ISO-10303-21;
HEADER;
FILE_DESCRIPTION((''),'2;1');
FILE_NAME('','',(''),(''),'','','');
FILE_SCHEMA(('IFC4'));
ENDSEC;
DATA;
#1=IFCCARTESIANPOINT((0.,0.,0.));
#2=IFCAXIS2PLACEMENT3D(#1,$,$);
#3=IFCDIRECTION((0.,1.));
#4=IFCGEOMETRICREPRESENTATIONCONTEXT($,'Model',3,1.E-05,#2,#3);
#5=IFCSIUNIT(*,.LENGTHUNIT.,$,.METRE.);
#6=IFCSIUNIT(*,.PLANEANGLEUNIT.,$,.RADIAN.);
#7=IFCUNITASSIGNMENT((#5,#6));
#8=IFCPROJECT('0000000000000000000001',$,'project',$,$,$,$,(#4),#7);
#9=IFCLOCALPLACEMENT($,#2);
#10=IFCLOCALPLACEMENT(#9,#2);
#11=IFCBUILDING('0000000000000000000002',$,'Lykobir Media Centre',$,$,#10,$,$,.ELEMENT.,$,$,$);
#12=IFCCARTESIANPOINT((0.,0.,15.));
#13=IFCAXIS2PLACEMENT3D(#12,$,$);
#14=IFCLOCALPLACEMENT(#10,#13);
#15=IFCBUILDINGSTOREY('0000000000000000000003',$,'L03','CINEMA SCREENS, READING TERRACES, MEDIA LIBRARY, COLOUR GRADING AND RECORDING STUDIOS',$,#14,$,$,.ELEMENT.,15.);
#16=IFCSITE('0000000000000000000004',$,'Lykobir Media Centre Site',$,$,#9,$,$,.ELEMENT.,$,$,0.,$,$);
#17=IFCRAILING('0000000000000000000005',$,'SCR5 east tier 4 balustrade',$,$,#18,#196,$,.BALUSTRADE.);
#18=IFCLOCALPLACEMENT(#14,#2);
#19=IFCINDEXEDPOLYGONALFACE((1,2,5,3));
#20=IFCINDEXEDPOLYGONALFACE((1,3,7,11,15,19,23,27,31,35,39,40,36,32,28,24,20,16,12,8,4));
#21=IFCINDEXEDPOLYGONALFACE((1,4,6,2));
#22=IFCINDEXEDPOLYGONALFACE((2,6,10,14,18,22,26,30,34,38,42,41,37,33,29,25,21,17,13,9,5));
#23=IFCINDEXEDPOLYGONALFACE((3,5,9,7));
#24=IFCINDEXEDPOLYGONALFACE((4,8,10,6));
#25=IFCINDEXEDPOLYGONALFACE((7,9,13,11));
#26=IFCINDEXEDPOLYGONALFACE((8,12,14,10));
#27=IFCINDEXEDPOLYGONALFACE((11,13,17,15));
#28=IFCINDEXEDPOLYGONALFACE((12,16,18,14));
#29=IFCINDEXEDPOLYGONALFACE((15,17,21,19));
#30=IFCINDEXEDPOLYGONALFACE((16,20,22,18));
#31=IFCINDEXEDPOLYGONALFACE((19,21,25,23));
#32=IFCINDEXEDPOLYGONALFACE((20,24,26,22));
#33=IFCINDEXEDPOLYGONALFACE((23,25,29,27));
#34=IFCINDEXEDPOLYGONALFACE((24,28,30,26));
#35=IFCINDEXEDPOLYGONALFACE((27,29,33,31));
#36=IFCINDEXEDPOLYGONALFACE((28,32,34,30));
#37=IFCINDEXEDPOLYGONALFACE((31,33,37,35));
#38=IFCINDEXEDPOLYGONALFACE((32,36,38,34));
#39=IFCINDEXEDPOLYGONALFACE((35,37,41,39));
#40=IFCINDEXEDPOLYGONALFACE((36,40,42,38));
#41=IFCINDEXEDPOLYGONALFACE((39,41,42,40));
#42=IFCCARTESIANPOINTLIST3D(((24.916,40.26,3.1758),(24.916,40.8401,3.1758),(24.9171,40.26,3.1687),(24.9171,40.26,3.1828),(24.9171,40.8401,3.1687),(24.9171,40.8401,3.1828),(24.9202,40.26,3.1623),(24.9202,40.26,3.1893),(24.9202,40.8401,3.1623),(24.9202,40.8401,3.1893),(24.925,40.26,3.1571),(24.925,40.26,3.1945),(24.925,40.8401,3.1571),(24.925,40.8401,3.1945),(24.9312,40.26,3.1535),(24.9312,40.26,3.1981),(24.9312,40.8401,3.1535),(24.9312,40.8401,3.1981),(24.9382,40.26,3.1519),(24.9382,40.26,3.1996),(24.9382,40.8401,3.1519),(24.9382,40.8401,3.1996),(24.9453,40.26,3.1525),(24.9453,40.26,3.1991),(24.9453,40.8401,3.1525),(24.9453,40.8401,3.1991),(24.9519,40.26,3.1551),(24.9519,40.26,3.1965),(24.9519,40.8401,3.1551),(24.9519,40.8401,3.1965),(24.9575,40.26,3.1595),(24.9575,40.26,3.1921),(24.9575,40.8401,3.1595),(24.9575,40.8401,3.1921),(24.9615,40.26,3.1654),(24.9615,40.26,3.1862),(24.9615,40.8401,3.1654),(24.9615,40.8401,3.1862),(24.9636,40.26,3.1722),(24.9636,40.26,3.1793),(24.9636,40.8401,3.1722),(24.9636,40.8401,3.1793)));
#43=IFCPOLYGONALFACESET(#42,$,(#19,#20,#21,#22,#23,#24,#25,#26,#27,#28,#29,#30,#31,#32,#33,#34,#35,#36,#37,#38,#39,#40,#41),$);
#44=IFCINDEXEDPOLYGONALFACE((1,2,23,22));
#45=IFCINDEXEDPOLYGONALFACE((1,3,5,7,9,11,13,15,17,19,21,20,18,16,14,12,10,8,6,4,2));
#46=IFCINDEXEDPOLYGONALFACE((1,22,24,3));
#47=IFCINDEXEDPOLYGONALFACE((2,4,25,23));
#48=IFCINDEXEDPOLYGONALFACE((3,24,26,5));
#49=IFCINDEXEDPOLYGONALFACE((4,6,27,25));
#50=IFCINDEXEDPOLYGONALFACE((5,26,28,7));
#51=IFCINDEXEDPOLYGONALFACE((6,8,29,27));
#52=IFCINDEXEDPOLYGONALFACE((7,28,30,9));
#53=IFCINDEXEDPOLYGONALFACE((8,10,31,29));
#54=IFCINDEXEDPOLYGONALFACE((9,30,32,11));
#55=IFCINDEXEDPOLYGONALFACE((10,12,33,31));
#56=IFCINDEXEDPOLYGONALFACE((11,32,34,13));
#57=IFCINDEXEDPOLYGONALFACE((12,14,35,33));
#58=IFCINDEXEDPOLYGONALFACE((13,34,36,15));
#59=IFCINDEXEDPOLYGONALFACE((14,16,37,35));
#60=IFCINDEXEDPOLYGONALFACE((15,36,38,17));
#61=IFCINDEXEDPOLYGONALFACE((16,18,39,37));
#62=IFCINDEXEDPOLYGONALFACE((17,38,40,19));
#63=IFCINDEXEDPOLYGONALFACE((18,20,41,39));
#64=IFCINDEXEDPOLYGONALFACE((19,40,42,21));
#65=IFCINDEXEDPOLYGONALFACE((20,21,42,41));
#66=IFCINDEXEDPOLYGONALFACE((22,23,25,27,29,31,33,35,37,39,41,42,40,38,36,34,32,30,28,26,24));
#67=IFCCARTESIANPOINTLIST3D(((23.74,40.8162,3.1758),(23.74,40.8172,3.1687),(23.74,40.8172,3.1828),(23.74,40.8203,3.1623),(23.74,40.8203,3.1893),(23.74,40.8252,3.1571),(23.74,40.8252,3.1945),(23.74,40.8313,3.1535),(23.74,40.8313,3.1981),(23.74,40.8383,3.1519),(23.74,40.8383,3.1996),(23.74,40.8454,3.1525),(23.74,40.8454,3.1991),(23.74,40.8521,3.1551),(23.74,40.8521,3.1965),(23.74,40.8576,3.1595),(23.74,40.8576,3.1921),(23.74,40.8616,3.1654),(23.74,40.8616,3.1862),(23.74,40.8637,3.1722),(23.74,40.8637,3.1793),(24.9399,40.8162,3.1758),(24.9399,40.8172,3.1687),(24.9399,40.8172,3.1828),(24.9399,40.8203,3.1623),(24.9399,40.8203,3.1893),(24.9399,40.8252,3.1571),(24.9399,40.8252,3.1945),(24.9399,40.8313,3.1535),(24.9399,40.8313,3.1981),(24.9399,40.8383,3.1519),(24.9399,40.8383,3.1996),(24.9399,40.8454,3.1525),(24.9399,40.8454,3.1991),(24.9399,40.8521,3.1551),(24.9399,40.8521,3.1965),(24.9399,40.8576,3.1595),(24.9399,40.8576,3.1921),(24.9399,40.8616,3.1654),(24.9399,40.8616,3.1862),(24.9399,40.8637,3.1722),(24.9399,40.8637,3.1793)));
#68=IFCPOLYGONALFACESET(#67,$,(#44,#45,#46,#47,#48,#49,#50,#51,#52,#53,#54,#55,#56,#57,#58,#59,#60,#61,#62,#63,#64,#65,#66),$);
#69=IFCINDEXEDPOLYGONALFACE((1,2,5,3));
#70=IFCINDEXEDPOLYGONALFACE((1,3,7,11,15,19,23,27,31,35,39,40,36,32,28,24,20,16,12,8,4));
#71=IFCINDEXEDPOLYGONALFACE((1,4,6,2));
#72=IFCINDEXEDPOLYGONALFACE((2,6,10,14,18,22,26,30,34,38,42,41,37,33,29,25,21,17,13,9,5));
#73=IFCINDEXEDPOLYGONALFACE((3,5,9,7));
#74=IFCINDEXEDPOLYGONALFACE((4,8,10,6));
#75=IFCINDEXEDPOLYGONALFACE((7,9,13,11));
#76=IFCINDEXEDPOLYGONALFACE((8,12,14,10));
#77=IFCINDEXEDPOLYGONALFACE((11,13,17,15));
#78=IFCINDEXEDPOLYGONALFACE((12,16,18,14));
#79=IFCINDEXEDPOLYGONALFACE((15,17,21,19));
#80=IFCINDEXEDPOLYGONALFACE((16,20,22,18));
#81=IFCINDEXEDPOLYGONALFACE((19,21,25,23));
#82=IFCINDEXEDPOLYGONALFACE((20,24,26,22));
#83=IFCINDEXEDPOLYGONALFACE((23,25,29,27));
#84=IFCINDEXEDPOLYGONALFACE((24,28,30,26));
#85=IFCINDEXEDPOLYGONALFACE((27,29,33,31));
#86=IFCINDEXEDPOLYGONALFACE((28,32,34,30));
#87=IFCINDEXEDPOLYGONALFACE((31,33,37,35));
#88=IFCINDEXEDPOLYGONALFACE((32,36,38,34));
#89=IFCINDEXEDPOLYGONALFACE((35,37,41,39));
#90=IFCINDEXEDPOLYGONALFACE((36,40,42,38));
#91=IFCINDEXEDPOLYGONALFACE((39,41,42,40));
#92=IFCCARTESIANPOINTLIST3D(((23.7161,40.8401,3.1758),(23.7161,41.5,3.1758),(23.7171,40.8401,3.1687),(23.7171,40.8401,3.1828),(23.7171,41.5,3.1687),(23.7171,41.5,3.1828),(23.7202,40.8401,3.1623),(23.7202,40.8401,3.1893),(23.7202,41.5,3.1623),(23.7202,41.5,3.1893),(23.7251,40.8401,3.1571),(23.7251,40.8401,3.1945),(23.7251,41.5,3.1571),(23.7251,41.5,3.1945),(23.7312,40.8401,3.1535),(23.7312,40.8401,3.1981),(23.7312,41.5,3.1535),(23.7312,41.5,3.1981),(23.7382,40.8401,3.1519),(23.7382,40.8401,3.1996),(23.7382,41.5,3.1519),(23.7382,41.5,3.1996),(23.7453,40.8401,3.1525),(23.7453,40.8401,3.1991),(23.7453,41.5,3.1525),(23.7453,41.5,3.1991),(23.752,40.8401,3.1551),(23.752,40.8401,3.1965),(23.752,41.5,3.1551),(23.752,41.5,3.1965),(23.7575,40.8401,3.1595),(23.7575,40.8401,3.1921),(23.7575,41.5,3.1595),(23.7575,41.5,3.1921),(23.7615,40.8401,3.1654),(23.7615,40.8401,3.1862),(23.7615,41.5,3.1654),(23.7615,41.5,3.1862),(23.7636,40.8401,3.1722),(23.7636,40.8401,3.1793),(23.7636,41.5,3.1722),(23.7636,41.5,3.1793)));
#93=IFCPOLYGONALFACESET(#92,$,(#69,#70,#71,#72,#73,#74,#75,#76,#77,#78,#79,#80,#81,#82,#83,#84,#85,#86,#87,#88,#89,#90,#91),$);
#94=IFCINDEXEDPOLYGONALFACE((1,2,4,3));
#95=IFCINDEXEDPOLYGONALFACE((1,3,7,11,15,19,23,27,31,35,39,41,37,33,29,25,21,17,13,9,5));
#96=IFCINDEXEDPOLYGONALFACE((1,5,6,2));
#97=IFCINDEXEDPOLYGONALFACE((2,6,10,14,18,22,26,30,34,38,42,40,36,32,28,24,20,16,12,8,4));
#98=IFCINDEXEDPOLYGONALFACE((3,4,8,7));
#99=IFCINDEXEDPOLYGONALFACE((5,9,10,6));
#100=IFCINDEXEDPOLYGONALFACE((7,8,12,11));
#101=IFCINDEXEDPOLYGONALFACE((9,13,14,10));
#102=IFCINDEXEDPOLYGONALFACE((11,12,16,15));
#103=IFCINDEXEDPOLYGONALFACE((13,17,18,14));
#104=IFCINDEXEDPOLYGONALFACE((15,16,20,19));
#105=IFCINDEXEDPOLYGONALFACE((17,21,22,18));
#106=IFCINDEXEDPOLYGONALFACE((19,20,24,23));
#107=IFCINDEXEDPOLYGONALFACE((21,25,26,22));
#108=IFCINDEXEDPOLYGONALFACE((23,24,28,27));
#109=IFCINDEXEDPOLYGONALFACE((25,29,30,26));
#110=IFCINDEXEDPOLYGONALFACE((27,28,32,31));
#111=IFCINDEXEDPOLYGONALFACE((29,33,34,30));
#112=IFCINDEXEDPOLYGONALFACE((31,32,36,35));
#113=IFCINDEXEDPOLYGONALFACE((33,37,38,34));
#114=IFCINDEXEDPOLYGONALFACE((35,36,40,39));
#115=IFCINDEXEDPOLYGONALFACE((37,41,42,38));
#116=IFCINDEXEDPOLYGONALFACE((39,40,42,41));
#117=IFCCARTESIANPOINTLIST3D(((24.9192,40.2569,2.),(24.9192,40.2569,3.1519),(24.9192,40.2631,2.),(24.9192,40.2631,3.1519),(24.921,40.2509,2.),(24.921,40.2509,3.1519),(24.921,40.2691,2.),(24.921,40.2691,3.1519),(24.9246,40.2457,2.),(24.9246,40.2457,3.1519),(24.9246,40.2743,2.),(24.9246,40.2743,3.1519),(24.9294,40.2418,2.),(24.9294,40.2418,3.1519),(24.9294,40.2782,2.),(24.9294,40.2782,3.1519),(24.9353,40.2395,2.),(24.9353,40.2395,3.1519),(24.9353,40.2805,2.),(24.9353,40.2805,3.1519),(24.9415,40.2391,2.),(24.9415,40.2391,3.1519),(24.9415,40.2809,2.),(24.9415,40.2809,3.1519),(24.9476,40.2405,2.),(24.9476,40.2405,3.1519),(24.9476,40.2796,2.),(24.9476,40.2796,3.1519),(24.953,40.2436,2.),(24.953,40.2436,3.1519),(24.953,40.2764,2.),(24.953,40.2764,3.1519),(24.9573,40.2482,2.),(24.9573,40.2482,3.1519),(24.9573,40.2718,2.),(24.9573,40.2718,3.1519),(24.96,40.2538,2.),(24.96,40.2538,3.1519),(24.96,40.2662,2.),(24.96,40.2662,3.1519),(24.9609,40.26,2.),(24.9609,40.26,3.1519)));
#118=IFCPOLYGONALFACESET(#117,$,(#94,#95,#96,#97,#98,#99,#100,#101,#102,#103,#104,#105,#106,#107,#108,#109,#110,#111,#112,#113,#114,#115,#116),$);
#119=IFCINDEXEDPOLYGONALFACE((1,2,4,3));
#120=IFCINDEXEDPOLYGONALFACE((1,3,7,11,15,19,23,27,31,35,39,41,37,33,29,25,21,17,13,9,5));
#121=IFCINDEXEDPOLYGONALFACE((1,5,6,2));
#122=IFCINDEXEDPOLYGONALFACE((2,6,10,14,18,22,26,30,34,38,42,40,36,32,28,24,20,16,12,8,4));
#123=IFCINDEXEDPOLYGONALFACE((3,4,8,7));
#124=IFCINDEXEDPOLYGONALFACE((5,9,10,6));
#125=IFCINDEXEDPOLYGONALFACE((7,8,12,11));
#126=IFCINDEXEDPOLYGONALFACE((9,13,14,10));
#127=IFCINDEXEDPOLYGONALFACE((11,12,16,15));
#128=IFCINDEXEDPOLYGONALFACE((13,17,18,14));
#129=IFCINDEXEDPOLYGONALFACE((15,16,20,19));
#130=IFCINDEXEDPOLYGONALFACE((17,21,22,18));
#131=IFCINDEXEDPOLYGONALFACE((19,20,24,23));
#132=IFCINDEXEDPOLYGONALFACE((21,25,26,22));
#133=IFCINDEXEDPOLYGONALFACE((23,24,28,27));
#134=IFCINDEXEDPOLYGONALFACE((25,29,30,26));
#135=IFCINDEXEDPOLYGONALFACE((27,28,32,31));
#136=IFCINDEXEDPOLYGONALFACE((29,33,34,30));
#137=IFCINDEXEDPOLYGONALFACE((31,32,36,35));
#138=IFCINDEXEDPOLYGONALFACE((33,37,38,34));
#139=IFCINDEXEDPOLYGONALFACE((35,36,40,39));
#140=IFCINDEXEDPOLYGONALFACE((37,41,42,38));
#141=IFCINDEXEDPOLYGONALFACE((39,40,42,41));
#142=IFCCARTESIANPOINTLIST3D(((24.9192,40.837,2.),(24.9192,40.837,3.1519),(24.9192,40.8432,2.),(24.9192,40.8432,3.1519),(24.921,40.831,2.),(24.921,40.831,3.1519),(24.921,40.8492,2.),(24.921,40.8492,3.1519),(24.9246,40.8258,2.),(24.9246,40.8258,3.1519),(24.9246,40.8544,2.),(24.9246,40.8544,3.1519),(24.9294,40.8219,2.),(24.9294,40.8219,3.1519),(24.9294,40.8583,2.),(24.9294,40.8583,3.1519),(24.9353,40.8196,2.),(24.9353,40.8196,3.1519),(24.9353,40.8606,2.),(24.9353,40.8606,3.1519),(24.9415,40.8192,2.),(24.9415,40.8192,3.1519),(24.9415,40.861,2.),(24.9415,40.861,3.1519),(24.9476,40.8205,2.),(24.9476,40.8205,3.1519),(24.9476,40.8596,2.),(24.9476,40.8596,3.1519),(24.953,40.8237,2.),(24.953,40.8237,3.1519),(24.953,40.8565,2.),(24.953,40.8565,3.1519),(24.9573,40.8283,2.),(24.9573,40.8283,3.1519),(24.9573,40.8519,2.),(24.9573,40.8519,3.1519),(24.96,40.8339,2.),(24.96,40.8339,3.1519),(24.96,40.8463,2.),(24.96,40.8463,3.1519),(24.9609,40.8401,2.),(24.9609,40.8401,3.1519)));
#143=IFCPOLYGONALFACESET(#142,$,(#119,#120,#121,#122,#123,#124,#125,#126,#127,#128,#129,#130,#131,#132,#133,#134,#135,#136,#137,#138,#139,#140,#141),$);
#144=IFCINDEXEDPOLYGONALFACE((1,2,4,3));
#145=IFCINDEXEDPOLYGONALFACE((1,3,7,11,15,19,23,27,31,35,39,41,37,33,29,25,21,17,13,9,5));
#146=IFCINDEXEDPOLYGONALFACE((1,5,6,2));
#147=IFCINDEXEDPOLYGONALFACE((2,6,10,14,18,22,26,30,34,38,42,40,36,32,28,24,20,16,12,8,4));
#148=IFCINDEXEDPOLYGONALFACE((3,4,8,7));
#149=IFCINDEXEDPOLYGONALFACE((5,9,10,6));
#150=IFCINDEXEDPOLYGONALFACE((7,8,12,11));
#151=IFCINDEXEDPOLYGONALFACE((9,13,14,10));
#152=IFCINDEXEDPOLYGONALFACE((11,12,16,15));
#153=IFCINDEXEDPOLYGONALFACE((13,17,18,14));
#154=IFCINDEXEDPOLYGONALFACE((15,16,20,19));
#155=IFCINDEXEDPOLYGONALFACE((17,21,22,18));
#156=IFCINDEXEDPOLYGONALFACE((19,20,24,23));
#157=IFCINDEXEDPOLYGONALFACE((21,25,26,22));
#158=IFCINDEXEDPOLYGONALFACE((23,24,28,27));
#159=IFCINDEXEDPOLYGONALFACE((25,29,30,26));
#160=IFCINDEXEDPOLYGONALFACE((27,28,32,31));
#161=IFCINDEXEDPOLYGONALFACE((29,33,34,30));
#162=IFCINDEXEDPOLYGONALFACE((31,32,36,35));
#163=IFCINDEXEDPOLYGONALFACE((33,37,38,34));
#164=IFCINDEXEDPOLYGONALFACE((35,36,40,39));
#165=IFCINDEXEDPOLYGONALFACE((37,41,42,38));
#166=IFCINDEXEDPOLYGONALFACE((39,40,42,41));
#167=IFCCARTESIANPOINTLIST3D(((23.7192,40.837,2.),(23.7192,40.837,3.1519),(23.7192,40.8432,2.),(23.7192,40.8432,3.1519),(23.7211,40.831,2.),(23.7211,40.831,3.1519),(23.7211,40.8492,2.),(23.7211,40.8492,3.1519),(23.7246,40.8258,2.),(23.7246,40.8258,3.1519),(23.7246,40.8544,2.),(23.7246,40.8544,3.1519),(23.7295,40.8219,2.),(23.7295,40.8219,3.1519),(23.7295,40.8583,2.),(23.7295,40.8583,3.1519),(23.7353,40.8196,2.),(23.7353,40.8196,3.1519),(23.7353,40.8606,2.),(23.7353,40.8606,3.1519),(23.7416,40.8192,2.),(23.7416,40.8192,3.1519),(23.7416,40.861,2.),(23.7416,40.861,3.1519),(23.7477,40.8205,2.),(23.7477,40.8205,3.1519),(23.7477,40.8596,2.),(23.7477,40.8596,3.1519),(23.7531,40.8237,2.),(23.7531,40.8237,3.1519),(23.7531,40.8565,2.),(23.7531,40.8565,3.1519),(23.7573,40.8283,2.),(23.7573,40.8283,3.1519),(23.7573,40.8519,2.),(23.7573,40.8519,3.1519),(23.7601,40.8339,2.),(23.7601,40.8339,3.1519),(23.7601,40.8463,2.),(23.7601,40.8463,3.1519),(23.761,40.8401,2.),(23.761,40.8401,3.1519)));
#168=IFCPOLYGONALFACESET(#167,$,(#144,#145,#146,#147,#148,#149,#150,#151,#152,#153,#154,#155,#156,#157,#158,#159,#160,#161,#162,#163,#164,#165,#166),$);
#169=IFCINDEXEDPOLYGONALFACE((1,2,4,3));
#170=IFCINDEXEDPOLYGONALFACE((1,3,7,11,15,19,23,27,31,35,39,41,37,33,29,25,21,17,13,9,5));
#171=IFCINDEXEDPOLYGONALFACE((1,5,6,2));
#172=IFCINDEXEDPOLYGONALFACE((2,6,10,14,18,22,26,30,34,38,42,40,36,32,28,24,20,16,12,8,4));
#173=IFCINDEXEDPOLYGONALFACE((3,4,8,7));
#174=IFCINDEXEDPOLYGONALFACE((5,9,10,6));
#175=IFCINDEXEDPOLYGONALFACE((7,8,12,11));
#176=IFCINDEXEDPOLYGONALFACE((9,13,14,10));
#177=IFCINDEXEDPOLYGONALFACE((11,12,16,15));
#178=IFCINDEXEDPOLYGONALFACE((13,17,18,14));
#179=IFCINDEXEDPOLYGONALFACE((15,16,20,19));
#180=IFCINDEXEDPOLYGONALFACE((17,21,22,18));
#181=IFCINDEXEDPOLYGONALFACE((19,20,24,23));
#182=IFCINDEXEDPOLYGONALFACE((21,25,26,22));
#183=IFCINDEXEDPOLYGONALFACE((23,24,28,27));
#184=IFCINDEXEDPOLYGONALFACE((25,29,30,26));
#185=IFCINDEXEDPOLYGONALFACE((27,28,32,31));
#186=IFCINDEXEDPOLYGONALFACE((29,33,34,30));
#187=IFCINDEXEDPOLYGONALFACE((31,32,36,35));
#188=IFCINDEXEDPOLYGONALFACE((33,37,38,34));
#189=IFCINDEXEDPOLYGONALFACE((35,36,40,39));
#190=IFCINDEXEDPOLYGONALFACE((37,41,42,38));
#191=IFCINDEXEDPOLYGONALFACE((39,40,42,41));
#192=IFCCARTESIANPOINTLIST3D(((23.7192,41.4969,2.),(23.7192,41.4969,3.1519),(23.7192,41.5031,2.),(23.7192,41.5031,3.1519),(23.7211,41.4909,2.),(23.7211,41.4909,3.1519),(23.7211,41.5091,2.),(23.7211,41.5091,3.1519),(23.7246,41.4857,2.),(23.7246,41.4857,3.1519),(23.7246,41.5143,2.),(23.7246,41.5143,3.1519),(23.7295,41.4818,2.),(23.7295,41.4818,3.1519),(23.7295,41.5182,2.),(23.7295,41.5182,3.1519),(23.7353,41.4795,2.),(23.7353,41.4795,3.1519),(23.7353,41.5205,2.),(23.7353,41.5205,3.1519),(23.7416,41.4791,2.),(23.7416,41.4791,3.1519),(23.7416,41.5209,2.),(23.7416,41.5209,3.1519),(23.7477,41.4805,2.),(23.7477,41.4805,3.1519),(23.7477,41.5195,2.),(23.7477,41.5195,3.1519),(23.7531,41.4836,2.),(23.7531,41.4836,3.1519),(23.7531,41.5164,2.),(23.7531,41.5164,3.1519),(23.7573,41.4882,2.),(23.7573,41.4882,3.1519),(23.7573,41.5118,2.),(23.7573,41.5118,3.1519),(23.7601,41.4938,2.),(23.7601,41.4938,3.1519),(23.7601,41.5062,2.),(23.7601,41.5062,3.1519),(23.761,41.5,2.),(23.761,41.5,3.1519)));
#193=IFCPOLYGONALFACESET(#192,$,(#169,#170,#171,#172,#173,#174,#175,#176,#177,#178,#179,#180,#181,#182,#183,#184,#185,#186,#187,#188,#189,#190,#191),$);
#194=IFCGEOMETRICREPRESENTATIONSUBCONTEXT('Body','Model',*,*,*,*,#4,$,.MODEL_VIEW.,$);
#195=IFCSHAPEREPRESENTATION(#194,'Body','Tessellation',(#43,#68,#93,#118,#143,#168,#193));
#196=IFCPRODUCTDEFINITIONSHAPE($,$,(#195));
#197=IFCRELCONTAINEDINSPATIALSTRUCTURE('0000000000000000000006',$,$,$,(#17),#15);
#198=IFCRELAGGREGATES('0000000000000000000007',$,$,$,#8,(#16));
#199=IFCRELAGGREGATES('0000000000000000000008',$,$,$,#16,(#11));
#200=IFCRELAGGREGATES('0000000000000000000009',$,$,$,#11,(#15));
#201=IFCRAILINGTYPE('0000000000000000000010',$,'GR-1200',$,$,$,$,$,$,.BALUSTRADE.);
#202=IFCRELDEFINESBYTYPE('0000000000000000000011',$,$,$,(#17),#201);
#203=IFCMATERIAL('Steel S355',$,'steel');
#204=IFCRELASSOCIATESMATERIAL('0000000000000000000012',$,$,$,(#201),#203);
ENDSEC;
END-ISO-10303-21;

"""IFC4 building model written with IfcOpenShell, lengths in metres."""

from ifc_helpers import new_model, si_unit, direction, frame, origin, origin_2d, place, context, subcontext, project, spatial, circle, extrude, material, type_object, element, save


model = new_model("IFC4")

# Units and contexts
model_context = context("Model", 3, precision=1e-05, world=origin(), true_north=direction((0.0, 1.0)))
body_context = subcontext(model_context, "Body", "Model", "MODEL_VIEW")
ifc_project = project(units=[si_unit("LENGTHUNIT", "METRE"), si_unit("PLANEANGLEUNIT", "RADIAN")], contexts=[model_context])

# Site, building, storey
site_placement = place(None, origin())
site = spatial("IfcSite", under=ifc_project, at=site_placement, Name="Lykobir Media Centre Site", CompositionType="ELEMENT", RefElevation=0.0)
building_placement = place(site_placement, origin())
building = spatial("IfcBuilding", under=site, at=building_placement, Name="Lykobir Media Centre", CompositionType="ELEMENT")
storey_placement = place(building_placement, frame((0.0, 0.0, 15.0)))
storey = spatial("IfcBuildingStorey", under=building, at=storey_placement, Name="L03", Description="CINEMA SCREENS, READING TERRACES, MEDIA LIBRARY, COLOUR GRADING AND RECORDING STUDIOS", CompositionType="ELEMENT", Elevation=15.0)

# Shared definitions
ifc_material = material(Name="Steel S355", Category="steel")

# Railing
railing_type = type_object("IfcRailingType", Name="GR-1200", PredefinedType="BALUSTRADE", material=ifc_material)
for number, where, name in (
    (1, (24.9399, 40.26, 2.0), "SCR5 east tier 4 balustrade"),
):
    element("IfcRailing", number, at=place(storey_placement, frame(where)), inside=storey, type_object=railing_type, Name=name, PredefinedType="BALUSTRADE", context=body_context, shape_type="SweptSolid", body=[
        extrude(circle(Radius=0.0239, at=origin_2d()), frame((0.0, 0.0, 1.1758), z_axis=(0.0, 1.0, 0.0), x_axis=(-1.0, 0.0, 0.0)), (0.0, 0.0, 1.0), 0.5801),
        extrude(circle(Radius=0.0239, at=origin_2d()), frame((0.0, 0.5801, 1.1758), z_axis=(-1.0, 0.0, 0.0), x_axis=(0.0, -1.0, 0.0)), (0.0, 0.0, 1.0), 1.2),
        extrude(circle(Radius=0.0239, at=origin_2d()), frame((-1.2, 0.5801, 1.1758), z_axis=(0.0, 1.0, 0.0), x_axis=(-1.0, 0.0, 0.0)), (0.0, 0.0, 1.0), 0.6599),
        extrude(circle(Radius=0.021, at=origin_2d()), origin(), (0.0, 0.0, 1.0), 1.1519),
        extrude(circle(Radius=0.021, at=origin_2d()), frame((0.0, 0.5801, 0.0)), (0.0, 0.0, 1.0), 1.1519),
        extrude(circle(Radius=0.021, at=origin_2d()), frame((-1.2, 0.5801, 0.0)), (0.0, 0.0, 1.0), 1.1519),
        extrude(circle(Radius=0.021, at=origin_2d()), frame((-1.2, 1.24, 0.0)), (0.0, 0.0, 1.0), 1.1519),
    ])

save(model, "model.ifc")
